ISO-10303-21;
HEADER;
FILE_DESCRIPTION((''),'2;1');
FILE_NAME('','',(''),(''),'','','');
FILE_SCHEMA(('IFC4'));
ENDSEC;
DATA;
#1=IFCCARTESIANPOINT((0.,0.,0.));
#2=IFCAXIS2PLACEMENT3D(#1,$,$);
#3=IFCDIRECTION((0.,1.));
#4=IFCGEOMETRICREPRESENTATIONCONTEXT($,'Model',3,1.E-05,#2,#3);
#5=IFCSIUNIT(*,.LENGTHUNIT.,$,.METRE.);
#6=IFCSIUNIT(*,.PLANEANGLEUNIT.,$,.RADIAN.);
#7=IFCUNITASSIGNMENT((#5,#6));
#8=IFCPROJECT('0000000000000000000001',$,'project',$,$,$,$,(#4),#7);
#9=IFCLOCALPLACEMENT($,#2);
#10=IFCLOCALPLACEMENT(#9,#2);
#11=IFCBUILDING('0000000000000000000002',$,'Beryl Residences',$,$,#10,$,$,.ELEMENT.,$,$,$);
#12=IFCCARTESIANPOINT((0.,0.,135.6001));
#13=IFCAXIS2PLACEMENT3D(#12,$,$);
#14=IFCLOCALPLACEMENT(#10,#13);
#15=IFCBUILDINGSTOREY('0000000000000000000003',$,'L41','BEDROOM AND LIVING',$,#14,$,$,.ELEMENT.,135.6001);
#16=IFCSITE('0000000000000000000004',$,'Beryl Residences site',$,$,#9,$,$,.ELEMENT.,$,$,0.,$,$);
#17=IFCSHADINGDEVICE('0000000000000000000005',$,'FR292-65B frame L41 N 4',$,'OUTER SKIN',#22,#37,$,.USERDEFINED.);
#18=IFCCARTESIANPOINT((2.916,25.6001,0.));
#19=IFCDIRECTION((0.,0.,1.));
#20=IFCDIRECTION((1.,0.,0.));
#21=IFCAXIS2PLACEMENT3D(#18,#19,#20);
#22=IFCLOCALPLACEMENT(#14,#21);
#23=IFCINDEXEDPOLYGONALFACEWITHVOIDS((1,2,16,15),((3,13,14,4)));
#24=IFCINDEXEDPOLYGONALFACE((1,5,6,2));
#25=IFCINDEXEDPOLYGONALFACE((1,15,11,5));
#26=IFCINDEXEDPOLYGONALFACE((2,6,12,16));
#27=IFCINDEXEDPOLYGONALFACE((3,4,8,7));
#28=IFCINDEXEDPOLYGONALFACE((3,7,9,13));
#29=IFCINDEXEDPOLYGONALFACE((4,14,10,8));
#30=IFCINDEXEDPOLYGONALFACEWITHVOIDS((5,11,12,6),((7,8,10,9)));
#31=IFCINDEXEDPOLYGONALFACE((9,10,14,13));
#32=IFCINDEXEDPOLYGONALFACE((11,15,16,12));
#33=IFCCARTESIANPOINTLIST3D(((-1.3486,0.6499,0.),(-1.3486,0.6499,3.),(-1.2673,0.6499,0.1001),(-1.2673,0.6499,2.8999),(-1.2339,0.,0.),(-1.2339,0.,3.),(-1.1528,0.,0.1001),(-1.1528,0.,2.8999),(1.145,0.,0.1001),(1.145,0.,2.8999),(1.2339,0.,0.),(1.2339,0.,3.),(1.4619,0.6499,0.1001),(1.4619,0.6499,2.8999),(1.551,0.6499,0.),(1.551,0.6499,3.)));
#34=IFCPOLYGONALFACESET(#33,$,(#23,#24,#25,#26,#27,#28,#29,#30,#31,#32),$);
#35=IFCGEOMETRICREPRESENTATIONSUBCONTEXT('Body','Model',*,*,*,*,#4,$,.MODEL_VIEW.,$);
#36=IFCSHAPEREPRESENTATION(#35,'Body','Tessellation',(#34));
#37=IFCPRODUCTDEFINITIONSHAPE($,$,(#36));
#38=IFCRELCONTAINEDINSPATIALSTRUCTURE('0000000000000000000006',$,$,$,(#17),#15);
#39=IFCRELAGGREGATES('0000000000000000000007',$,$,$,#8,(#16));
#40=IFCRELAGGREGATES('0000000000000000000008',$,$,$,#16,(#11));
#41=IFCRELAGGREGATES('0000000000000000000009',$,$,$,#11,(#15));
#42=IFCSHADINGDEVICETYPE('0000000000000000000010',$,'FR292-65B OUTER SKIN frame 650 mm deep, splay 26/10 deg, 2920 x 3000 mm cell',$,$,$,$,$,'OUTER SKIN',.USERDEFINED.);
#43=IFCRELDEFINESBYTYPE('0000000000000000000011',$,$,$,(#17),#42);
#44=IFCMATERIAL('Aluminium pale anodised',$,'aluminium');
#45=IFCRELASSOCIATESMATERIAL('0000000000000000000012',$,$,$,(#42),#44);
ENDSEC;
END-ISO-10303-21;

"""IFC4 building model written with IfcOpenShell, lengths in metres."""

from ifc_helpers import new_model, entity, si_unit, direction, frame, origin, place, context, subcontext, project, spatial, source, transform, mapped, material, type_object, type_shapes, element, save


model = new_model("IFC4")

# Units and contexts
model_context = context("Model", 3, precision=1e-05, world=origin(), true_north=direction((0.0, 1.0)))
body_context = subcontext(model_context, "Body", "Model", "MODEL_VIEW")
ifc_project = project(units=[si_unit("LENGTHUNIT", "METRE"), si_unit("PLANEANGLEUNIT", "RADIAN")], contexts=[model_context])

# Site, building, storey
site_placement = place(None, origin())
site = spatial("IfcSite", under=ifc_project, at=site_placement, Name="Beryl Residences site", CompositionType="ELEMENT", RefElevation=0.0)
building_placement = place(site_placement, origin())
building = spatial("IfcBuilding", under=site, at=building_placement, Name="Beryl Residences", CompositionType="ELEMENT")
storey_placement = place(building_placement, frame((0.0, 0.0, 135.6001)))
storey = spatial("IfcBuildingStorey", under=building, at=storey_placement, Name="L41", Description="BEDROOM AND LIVING", CompositionType="ELEMENT", Elevation=135.6001)

# Shading device
ifc_material_1 = material(Name="Aluminium pale anodised", Category="aluminium")
shading_device_type = type_object("IfcShadingDeviceType", Name="FR292-65B OUTER SKIN frame 650 mm deep, splay 26/10 deg, 2920 x 3000 mm cell", ElementType="OUTER SKIN", PredefinedType="USERDEFINED", material=ifc_material_1)
cartesian_point_1 = entity("IfcCartesianPoint", [-1.2339, 0.0])
cartesian_point_2 = entity("IfcCartesianPoint", [-1.145, 0.1001])
cartesian_point_3 = entity("IfcCartesianPoint", [-1.551, 0.0])
cartesian_point_4 = entity("IfcCartesianPoint", [-1.4619, 0.1001])
shared_shape = source(origin(), body_context, "Body", "SweptSolid", [
    entity("IfcExtrudedAreaSolidTapered", entity("IfcArbitraryProfileDefWithVoids", "AREA", None, entity("IfcPolyline", [cartesian_point_1, entity("IfcCartesianPoint", [1.2339, 0.0]), entity("IfcCartesianPoint", [1.2339, 3.0]), entity("IfcCartesianPoint", [-1.2339, 3.0]), cartesian_point_1]), [entity("IfcPolyline", [cartesian_point_2, entity("IfcCartesianPoint", [1.1528, 0.1001]), entity("IfcCartesianPoint", [1.1528, 2.8999]), entity("IfcCartesianPoint", [-1.145, 2.8999]), cartesian_point_2])]), entity("IfcAxis2Placement3D", entity("IfcCartesianPoint", [0.0, 0.0, 0.0]), entity("IfcDirection", [0.0, 1.0, 0.0]), entity("IfcDirection", [-1.0, 0.0, 0.0])), entity("IfcDirection", [0.0, 0.0, 1.0]), 0.6499, entity("IfcArbitraryProfileDefWithVoids", "AREA", None, entity("IfcPolyline", [cartesian_point_3, entity("IfcCartesianPoint", [1.3486, 0.0]), entity("IfcCartesianPoint", [1.3486, 3.0]), entity("IfcCartesianPoint", [-1.551, 3.0]), cartesian_point_3]), [entity("IfcPolyline", [cartesian_point_4, entity("IfcCartesianPoint", [1.2673, 0.1001]), entity("IfcCartesianPoint", [1.2673, 2.8999]), entity("IfcCartesianPoint", [-1.4619, 2.8999]), cartesian_point_4])])),
])
type_shapes(shading_device_type, [shared_shape])
for number, where, z_axis, x_axis, name in (
    (1, (2.916, 25.6001, 0.0), (0.0, 0.0, 1.0), (1.0, 0.0, 0.0), "FR292-65B frame L41 N 4"),
):
    element("IfcShadingDevice", number, at=place(storey_placement, frame(where, z_axis=z_axis, x_axis=x_axis)), inside=storey, type_object=shading_device_type, Name=name, ObjectType="OUTER SKIN", PredefinedType="USERDEFINED", context=body_context, shape_type="MappedRepresentation", body=[
        mapped(shared_shape, transform((0.0, 0.0, 0.0))),
    ])

save(model, "model.ifc")
